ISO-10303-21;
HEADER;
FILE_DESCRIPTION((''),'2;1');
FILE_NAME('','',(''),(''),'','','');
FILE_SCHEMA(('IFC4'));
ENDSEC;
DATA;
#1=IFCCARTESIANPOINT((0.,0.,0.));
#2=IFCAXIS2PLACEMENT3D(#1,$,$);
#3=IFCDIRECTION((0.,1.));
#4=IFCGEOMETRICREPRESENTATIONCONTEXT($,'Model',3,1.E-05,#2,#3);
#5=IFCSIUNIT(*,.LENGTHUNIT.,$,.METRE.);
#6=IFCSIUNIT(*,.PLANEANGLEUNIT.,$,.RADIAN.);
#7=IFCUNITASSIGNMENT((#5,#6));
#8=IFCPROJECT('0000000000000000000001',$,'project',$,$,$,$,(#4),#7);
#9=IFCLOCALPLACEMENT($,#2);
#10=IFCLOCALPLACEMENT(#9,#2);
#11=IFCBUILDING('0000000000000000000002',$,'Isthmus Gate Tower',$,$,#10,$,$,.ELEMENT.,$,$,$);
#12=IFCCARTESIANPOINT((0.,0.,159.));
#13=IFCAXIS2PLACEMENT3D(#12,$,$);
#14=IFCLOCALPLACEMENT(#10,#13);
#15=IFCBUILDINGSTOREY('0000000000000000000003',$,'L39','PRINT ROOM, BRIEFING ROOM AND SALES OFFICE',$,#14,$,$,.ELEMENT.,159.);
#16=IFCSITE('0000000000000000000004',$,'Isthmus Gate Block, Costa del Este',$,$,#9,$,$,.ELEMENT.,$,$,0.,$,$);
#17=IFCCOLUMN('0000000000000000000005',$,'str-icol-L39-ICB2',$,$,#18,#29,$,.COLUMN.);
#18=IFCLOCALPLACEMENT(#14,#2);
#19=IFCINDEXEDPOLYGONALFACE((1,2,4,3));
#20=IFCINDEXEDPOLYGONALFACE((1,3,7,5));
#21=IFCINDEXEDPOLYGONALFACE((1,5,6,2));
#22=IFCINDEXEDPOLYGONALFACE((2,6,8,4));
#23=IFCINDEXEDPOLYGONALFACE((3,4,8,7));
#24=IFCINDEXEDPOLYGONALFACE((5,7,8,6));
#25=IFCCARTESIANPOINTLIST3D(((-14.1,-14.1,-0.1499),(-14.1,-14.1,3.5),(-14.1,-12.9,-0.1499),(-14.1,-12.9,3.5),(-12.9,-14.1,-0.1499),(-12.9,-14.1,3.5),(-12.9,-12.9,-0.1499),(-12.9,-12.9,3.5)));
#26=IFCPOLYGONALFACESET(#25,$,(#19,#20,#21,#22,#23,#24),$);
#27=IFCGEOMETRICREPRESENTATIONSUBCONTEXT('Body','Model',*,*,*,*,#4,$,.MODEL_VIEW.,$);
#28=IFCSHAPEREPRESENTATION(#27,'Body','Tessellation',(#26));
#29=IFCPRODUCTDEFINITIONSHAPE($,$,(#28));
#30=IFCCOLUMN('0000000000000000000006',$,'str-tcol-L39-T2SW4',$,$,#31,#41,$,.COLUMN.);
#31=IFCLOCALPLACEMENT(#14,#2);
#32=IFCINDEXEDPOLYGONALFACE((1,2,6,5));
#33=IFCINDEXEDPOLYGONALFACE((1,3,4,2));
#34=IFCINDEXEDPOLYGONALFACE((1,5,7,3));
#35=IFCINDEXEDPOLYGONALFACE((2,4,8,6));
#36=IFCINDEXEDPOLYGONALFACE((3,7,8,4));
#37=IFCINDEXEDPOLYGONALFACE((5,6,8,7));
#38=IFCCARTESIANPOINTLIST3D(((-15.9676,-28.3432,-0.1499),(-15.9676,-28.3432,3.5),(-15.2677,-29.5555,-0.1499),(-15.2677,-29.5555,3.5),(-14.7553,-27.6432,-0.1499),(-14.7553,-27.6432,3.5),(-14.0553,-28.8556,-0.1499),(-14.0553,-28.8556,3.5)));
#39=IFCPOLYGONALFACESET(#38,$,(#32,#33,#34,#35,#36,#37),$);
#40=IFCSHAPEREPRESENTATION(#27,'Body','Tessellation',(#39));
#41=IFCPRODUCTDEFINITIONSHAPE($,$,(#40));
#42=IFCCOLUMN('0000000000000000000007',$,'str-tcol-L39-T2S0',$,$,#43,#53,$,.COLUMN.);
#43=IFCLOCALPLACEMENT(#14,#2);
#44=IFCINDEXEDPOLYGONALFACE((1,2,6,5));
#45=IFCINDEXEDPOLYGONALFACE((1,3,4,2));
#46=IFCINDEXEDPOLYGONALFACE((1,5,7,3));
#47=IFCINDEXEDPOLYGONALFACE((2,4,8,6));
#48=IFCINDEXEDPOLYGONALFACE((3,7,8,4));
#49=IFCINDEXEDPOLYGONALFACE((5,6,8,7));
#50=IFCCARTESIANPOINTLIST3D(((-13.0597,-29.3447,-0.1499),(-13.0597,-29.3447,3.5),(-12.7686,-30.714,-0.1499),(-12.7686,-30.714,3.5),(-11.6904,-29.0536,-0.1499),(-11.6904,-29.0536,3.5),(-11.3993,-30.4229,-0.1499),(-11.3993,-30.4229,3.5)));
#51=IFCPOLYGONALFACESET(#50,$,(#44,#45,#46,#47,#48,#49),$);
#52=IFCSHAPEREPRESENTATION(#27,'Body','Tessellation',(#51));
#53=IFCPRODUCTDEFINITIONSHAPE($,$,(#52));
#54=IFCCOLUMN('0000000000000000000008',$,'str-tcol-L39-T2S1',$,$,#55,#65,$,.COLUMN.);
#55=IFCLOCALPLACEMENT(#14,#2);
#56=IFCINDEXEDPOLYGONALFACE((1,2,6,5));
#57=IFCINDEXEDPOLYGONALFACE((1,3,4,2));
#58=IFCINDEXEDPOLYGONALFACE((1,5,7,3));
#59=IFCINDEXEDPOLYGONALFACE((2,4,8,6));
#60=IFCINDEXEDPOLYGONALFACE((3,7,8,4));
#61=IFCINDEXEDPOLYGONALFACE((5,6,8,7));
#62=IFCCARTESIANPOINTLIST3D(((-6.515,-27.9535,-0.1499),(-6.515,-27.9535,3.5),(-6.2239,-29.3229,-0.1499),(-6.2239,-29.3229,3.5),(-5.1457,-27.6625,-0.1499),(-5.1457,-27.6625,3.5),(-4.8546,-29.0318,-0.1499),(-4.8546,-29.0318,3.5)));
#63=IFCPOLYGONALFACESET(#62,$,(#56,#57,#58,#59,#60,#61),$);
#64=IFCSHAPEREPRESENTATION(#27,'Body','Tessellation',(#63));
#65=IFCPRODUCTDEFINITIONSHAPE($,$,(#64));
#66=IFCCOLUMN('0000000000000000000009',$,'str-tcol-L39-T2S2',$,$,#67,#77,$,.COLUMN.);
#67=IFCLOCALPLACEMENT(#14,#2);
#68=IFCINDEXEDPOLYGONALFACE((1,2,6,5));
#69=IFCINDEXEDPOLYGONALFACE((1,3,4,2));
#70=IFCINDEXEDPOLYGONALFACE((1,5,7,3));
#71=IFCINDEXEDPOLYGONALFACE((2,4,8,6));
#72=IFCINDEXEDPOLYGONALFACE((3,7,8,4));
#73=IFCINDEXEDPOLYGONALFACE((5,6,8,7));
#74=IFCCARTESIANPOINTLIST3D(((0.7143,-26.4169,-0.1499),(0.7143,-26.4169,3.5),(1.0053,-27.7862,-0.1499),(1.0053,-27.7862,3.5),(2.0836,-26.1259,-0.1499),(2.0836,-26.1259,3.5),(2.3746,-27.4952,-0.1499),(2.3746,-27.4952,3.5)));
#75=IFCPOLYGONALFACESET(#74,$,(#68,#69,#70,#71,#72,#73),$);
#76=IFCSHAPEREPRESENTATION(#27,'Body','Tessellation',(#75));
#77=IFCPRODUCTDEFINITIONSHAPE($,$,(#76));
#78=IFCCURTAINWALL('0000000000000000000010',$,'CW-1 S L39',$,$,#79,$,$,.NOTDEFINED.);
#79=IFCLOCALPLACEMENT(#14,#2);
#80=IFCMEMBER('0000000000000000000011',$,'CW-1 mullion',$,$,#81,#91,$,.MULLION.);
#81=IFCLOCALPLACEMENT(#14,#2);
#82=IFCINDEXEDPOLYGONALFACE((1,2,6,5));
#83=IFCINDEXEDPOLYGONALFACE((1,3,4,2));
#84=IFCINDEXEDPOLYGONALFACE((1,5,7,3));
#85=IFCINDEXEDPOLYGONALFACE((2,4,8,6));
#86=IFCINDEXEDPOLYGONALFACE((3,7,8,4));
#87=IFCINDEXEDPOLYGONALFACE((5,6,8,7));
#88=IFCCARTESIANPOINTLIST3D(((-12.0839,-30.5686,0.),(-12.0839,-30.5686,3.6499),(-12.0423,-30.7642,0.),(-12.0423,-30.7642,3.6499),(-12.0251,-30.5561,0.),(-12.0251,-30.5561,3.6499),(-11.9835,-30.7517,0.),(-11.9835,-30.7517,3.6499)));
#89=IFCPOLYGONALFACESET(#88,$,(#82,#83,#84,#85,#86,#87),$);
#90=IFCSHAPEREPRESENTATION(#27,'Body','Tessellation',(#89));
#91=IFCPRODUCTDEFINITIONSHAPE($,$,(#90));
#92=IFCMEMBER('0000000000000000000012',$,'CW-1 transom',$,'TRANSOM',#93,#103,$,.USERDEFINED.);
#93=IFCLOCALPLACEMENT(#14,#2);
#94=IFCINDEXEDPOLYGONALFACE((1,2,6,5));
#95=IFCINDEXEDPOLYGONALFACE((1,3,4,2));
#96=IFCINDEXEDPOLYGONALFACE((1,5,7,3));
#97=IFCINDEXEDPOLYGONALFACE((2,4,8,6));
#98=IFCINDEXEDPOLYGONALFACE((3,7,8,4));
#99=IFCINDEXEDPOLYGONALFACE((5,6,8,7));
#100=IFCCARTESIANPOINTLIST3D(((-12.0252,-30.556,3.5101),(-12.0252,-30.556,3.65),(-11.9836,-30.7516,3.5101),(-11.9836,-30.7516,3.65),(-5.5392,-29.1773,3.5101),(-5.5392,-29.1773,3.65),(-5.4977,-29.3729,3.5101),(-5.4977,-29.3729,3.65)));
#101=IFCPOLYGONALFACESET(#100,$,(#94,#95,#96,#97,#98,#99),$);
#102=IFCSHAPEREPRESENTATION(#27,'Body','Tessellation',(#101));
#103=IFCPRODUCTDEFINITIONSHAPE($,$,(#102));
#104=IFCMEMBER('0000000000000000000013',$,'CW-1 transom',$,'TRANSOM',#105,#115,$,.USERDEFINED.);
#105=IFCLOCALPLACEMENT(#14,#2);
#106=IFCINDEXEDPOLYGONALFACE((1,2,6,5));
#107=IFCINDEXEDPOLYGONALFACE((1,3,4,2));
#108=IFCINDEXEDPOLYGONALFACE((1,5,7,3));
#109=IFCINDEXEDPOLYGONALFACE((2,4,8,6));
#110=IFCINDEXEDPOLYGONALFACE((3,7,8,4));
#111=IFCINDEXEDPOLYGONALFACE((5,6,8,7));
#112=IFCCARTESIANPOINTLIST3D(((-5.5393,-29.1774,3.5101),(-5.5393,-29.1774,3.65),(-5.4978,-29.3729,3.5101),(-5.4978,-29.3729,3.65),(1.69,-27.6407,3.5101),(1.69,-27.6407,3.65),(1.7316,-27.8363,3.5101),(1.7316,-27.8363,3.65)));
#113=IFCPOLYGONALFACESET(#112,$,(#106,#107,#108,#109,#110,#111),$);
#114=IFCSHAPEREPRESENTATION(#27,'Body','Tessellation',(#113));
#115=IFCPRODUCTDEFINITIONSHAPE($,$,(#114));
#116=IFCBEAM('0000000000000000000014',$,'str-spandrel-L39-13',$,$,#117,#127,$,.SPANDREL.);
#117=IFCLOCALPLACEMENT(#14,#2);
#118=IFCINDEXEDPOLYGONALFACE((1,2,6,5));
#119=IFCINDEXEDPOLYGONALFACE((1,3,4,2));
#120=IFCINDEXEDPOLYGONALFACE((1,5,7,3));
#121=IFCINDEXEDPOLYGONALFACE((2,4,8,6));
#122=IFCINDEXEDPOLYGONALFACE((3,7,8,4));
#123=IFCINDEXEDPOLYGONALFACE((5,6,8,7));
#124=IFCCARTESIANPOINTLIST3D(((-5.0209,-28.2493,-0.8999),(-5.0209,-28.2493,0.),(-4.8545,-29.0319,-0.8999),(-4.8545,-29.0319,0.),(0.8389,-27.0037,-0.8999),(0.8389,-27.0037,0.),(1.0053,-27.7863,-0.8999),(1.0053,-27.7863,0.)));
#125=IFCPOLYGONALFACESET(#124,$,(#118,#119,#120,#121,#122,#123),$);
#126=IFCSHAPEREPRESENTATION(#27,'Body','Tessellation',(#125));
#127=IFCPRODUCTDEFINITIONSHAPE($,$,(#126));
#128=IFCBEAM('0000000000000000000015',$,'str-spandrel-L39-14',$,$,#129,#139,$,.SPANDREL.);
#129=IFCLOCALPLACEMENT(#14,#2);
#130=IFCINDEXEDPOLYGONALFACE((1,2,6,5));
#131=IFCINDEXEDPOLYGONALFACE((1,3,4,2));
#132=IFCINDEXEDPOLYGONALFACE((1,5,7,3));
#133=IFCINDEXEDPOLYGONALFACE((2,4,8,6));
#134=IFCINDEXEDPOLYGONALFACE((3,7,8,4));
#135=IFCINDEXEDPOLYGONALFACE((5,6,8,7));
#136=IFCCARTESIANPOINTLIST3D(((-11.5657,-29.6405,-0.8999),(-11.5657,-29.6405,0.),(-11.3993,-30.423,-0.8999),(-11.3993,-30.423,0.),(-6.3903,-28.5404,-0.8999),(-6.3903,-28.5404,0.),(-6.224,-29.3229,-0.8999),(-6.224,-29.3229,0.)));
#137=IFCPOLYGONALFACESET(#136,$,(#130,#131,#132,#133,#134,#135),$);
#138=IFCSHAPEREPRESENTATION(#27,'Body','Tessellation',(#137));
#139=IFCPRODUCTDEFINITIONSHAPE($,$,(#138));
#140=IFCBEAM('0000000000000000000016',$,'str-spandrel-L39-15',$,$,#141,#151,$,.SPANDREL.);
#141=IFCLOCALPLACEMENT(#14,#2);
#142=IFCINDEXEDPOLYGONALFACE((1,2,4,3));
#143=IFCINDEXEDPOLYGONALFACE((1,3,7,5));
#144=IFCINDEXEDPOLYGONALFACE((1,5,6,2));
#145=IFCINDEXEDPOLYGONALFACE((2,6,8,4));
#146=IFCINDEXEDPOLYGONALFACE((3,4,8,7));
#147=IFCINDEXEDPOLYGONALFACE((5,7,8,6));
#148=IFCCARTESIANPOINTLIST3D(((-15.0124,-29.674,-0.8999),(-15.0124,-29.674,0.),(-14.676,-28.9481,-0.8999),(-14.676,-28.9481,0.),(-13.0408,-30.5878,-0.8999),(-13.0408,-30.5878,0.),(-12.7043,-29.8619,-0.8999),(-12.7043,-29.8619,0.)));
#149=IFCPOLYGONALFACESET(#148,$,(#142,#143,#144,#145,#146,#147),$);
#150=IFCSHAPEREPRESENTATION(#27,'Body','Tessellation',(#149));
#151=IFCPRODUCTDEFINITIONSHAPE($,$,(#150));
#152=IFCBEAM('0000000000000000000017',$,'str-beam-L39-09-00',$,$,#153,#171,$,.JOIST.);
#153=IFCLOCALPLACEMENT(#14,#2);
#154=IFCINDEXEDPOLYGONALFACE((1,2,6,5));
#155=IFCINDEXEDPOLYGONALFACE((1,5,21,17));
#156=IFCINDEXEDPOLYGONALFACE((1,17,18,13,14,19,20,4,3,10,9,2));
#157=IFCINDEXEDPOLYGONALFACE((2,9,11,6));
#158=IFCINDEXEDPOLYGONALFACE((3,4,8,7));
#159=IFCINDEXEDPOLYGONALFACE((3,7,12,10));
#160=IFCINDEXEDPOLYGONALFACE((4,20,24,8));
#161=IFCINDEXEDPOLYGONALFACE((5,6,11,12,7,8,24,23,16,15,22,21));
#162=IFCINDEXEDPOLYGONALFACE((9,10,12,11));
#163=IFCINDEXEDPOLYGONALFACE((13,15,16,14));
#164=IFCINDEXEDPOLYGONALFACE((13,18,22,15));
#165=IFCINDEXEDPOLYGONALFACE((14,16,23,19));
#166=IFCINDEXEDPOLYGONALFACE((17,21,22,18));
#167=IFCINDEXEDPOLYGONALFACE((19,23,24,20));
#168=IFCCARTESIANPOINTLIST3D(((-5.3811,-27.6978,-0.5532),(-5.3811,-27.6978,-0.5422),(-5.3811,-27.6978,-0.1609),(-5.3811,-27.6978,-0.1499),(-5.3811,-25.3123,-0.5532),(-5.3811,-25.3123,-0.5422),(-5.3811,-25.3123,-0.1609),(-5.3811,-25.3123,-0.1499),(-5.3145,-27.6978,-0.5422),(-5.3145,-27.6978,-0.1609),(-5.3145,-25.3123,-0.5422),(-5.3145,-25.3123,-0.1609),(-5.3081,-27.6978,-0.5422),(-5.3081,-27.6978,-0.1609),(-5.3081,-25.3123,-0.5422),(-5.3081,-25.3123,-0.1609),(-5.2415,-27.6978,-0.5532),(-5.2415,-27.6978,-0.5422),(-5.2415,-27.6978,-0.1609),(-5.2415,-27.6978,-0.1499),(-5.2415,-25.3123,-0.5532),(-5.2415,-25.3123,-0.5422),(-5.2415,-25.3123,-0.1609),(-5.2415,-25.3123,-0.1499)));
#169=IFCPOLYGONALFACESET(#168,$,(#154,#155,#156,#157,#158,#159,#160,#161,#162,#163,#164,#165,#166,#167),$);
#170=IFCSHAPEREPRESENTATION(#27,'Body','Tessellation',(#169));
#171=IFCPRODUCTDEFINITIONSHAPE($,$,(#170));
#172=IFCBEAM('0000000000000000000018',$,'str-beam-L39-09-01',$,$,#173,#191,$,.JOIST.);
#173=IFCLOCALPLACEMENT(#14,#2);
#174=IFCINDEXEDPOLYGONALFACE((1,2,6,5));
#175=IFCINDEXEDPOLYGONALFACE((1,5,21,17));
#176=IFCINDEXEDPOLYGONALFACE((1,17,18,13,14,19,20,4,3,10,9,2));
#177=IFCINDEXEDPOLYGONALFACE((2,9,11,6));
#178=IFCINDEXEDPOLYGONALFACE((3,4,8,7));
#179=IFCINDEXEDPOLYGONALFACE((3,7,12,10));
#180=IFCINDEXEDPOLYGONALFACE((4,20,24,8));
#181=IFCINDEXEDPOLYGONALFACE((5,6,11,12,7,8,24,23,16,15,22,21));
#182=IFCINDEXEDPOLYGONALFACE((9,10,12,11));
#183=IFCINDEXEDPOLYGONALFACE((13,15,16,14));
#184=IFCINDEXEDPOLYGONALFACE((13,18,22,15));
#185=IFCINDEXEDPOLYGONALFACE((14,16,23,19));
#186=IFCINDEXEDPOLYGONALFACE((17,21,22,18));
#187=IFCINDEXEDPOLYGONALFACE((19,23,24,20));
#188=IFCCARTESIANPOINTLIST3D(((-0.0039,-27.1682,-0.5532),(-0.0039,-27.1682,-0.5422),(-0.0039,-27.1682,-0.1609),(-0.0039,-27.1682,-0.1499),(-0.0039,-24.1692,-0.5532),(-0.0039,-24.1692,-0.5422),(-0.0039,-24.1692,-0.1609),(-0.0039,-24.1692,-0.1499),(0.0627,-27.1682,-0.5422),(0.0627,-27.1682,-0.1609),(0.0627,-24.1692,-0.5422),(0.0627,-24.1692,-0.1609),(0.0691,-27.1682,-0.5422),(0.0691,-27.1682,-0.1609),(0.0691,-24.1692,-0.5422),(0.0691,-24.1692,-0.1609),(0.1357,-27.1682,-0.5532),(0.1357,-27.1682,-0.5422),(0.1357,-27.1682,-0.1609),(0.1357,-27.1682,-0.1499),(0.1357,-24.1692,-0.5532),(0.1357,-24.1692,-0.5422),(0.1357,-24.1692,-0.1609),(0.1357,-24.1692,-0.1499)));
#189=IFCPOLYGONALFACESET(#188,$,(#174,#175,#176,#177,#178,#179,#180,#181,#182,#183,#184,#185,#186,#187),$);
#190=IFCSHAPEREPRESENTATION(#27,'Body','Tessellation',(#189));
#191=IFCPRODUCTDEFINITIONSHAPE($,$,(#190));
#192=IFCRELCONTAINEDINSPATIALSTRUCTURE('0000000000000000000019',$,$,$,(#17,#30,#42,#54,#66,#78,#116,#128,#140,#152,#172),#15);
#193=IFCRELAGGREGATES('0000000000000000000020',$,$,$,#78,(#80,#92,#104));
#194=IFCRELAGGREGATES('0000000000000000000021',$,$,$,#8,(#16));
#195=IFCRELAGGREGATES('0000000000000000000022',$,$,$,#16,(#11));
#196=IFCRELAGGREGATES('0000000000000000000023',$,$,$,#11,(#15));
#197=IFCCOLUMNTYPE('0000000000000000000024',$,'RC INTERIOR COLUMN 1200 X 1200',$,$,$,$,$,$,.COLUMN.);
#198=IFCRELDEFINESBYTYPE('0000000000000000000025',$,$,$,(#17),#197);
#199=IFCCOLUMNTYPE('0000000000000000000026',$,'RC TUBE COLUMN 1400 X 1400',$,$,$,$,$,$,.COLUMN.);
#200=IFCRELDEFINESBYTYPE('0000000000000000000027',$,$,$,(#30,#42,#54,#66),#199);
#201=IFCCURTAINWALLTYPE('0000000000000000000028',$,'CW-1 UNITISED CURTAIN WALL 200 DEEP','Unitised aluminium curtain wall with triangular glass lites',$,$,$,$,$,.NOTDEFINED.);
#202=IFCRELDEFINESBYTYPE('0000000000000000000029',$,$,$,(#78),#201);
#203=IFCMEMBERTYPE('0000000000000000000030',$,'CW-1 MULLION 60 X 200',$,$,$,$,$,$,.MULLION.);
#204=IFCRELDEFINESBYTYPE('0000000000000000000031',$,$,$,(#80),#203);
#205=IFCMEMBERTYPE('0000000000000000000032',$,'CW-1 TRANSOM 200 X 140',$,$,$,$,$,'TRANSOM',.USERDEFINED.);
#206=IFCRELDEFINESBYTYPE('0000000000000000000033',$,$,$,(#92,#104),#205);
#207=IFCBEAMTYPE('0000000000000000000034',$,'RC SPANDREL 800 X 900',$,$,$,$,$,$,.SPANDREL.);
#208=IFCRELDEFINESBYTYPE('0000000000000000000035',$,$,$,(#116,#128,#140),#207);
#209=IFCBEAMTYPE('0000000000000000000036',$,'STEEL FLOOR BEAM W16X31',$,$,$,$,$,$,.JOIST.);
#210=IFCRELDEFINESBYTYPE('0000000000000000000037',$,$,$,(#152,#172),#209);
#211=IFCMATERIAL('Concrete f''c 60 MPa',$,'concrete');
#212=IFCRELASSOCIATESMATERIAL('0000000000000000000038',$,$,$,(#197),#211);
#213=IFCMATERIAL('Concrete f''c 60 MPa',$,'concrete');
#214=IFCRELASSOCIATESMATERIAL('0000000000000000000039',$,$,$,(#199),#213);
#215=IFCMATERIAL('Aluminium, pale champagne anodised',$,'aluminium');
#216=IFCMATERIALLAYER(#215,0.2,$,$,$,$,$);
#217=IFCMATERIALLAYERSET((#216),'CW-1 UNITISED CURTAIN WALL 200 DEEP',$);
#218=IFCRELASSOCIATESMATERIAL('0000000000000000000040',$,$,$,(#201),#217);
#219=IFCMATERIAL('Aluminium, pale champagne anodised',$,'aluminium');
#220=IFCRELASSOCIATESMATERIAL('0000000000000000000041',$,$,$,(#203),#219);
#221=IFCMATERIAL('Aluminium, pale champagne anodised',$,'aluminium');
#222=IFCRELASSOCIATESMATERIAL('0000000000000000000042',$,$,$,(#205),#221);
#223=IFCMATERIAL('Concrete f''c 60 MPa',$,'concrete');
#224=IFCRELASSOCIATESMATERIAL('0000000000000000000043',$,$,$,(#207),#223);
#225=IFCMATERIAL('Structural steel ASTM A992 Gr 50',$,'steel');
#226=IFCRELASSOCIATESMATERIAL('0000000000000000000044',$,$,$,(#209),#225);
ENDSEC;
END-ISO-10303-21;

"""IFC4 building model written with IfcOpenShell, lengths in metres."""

from ifc_helpers import new_model, si_unit, direction, frame, origin, origin_2d, place, context, subcontext, project, spatial, rectangle, i_section, extrude, material, layer, layer_set, material_profile, profile_set, type_object, element, aggregate, save


model = new_model("IFC4")

# Units and contexts
model_context = context("Model", 3, precision=1e-05, world=origin(), true_north=direction((0.0, 1.0)))
body_context = subcontext(model_context, "Body", "Model", "MODEL_VIEW")
ifc_project = project(units=[si_unit("LENGTHUNIT", "METRE"), si_unit("PLANEANGLEUNIT", "RADIAN")], contexts=[model_context])

# Site, building, storey
site_placement = place(None, origin())
site = spatial("IfcSite", under=ifc_project, at=site_placement, Name="Isthmus Gate Block, Costa del Este", CompositionType="ELEMENT", RefElevation=0.0)
building_placement = place(site_placement, origin())
building = spatial("IfcBuilding", under=site, at=building_placement, Name="Isthmus Gate Tower", CompositionType="ELEMENT")
storey_placement = place(building_placement, frame((0.0, 0.0, 159.0)))
storey = spatial("IfcBuildingStorey", under=building, at=storey_placement, Name="L39", Description="PRINT ROOM, BRIEFING ROOM AND SALES OFFICE", CompositionType="ELEMENT", Elevation=159.0)

# Columns
ifc_material_1 = material(Name="Concrete f'c 60 MPa", Category="concrete")
ifc_material_profile_1 = material_profile(ifc_material_1, rectangle(XDim=1.2, YDim=1.2, at=origin_2d()), Name="RC 1200X1200")
ifc_profile_set_1 = profile_set([ifc_material_profile_1], Name="Concrete f'c 60 MPa")
column_type_1 = type_object("IfcColumnType", Name="RC INTERIOR COLUMN 1200 X 1200", PredefinedType="COLUMN", material=ifc_profile_set_1)
column_placement = place(storey_placement, frame((-13.5, -13.5, -0.1499), z_axis=(0.0, 0.0, 1.0), x_axis=(1.0, 0.0, 0.0)))
element("IfcColumn", 1, at=column_placement, inside=storey, type_object=column_type_1, Name="str-icol-L39-ICB2", PredefinedType="COLUMN", context=body_context, shape_type="SweptSolid", body=[
    extrude(rectangle(XDim=1.2, YDim=1.2, at=origin_2d()), origin(), (0.0, 0.0, 1.0), 3.6499),
])
ifc_material_2 = material(Name="Concrete f'c 60 MPa", Category="concrete")
ifc_material_profile_2 = material_profile(ifc_material_2, rectangle(XDim=1.3999, YDim=1.3999, at=origin_2d()), Name="RC 1400X1400")
ifc_profile_set_2 = profile_set([ifc_material_profile_2], Name="Concrete f'c 60 MPa")
column_type_2 = type_object("IfcColumnType", Name="RC TUBE COLUMN 1400 X 1400", PredefinedType="COLUMN", material=ifc_profile_set_2)
for number, where, z_axis, x_axis, name in (
    (2, (-15.0115, -28.5994, -0.1499), (0.0, 0.0, 1.0), (0.5, -0.866025, 0.0), "str-tcol-L39-T2SW4"),
    (3, (-12.2295, -29.8838, -0.1499), (0.0, 0.0, 1.0), (0.978148, 0.207912, 0.0), "str-tcol-L39-T2S0"),
    (4, (-5.6848, -28.4927, -0.1499), (0.0, 0.0, 1.0), (0.978148, 0.207912, 0.0), "str-tcol-L39-T2S1"),
    (5, (1.5444, -26.9561, -0.1499), (0.0, 0.0, 1.0), (0.978148, 0.207912, 0.0), "str-tcol-L39-T2S2"),
):
    element("IfcColumn", number, at=place(storey_placement, frame(where, z_axis=z_axis, x_axis=x_axis)), inside=storey, type_object=column_type_2, Name=name, PredefinedType="COLUMN", context=body_context, shape_type="SweptSolid", body=[
        extrude(rectangle(XDim=1.3999, YDim=1.3999, at=origin_2d()), origin(), (0.0, 0.0, 1.0), 3.6499),
    ])

# Curtain wall, members
ifc_material_3 = material(Name="Aluminium, pale champagne anodised", Category="aluminium")
ifc_layer_1 = layer(ifc_material_3, 0.2)
ifc_layer_set_1 = layer_set([ifc_layer_1], Name="CW-1 UNITISED CURTAIN WALL 200 DEEP")
curtain_wall_type = type_object("IfcCurtainWallType", Name="CW-1 UNITISED CURTAIN WALL 200 DEEP", Description="Unitised aluminium curtain wall with triangular glass lites", PredefinedType="NOTDEFINED", material=ifc_layer_set_1)
curtain_wall_1_placement = place(storey_placement, origin())
curtain_wall_1 = element("IfcCurtainWall", 6, at=curtain_wall_1_placement, inside=storey, type_object=curtain_wall_type, Name="CW-1 S L39", PredefinedType="NOTDEFINED")
ifc_material_4 = material(Name="Aluminium, pale champagne anodised", Category="aluminium")
ifc_material_profile_3 = material_profile(ifc_material_4, rectangle(XDim=0.0601, YDim=0.2, at=origin_2d()), Name="60x200")
ifc_profile_set_3 = profile_set([ifc_material_profile_3], Name="Aluminium, pale champagne anodised")
member_type_1 = type_object("IfcMemberType", Name="CW-1 MULLION 60 X 200", PredefinedType="MULLION", material=ifc_profile_set_3)
member_1_placement = place(storey_placement, frame((-12.0337, -30.6602, 0.0), z_axis=(0.0, 0.0, 1.0), x_axis=(0.978148, 0.207912, 0.0)))
member_1 = element("IfcMember", 7, at=member_1_placement, type_object=member_type_1, Name="CW-1 mullion", PredefinedType="MULLION", context=body_context, shape_type="SweptSolid", body=[
    extrude(rectangle(XDim=0.0601, YDim=0.2, at=origin_2d()), origin(), (0.0, 0.0, 1.0), 3.6499),
])
ifc_material_5 = material(Name="Aluminium, pale champagne anodised", Category="aluminium")
ifc_material_profile_4 = material_profile(ifc_material_5, rectangle(XDim=0.2, YDim=0.1399, at=origin_2d()), Name="200x140")
ifc_profile_set_4 = profile_set([ifc_material_profile_4], Name="Aluminium, pale champagne anodised")
member_type_2 = type_object("IfcMemberType", Name="CW-1 TRANSOM 200 X 140", ElementType="TRANSOM", PredefinedType="USERDEFINED", material=ifc_profile_set_4)
member_2_placement = place(storey_placement, frame((-12.0044, -30.6538, 3.5801), z_axis=(0.978146, 0.20792, 0.0), x_axis=(-0.20792, 0.978146, 0.0)))
member_2 = element("IfcMember", 8, at=member_2_placement, type_object=member_type_2, Name="CW-1 transom", ObjectType="TRANSOM", PredefinedType="USERDEFINED", context=body_context, shape_type="SweptSolid", body=[
    extrude(rectangle(XDim=0.2, YDim=0.1399, at=origin_2d()), origin(), (0.0, 0.0, 1.0), 6.6309),
])
member_3_placement = place(storey_placement, frame((-5.5186, -29.2751, 3.5801), z_axis=(0.978148, 0.207911, 0.0), x_axis=(-0.207911, 0.978148, 0.0)))
member_3 = element("IfcMember", 9, at=member_3_placement, type_object=member_type_2, Name="CW-1 transom", ObjectType="TRANSOM", PredefinedType="USERDEFINED", context=body_context, shape_type="SweptSolid", body=[
    extrude(rectangle(XDim=0.2, YDim=0.1399, at=origin_2d()), origin(), (0.0, 0.0, 1.0), 7.3909),
])

# Beams
ifc_material_6 = material(Name="Concrete f'c 60 MPa", Category="concrete")
ifc_material_profile_5 = material_profile(ifc_material_6, rectangle(XDim=0.8, YDim=0.8999, at=origin_2d()), Name="RC 800X900")
ifc_profile_set_5 = profile_set([ifc_material_profile_5], Name="Concrete f'c 60 MPa")
beam_type_1 = type_object("IfcBeamType", Name="RC SPANDREL 800 X 900", PredefinedType="SPANDREL", material=ifc_profile_set_5)
beam_1_placement = place(storey_placement, frame((0.9221, -27.395, -0.45), z_axis=(-0.978146, -0.20792, 0.0), x_axis=(0.20792, -0.978146, 0.0)))
element("IfcBeam", 10, at=beam_1_placement, inside=storey, type_object=beam_type_1, Name="str-spandrel-L39-13", PredefinedType="SPANDREL", context=body_context, shape_type="SweptSolid", body=[
    extrude(rectangle(XDim=0.8, YDim=0.8999, at=origin_2d()), origin(), (0.0, 0.0, 1.0), 5.9907),
])
beam_2_placement = place(storey_placement, frame((-6.3071, -28.9316, -0.45), z_axis=(-0.978145, -0.207922, 0.0), x_axis=(0.207922, -0.978145, 0.0)))
element("IfcBeam", 11, at=beam_2_placement, inside=storey, type_object=beam_type_1, Name="str-spandrel-L39-14", PredefinedType="SPANDREL", context=body_context, shape_type="SweptSolid", body=[
    extrude(rectangle(XDim=0.8, YDim=0.8999, at=origin_2d()), origin(), (0.0, 0.0, 1.0), 5.291),
])
beam_3_placement = place(storey_placement, frame((-12.8726, -30.2249, -0.45), z_axis=(-0.907291, 0.420504, 0.0), x_axis=(-0.420504, -0.907291, 0.0)))
element("IfcBeam", 12, at=beam_3_placement, inside=storey, type_object=beam_type_1, Name="str-spandrel-L39-15", PredefinedType="SPANDREL", context=body_context, shape_type="SweptSolid", body=[
    extrude(rectangle(XDim=0.8, YDim=0.8999, at=origin_2d()), origin(), (0.0, 0.0, 1.0), 2.1731),
])
ifc_material_7 = material(Name="Structural steel ASTM A992 Gr 50", Category="steel")
ifc_material_profile_6 = material_profile(ifc_material_7, i_section(OverallWidth=0.1396, OverallDepth=0.4033, WebThickness=0.0063, FlangeThickness=0.011, at=origin_2d()), Name="W16X31")
ifc_profile_set_6 = profile_set([ifc_material_profile_6], Name="Structural steel ASTM A992 Gr 50")
beam_type_2 = type_object("IfcBeamType", Name="STEEL FLOOR BEAM W16X31", PredefinedType="JOIST", material=ifc_profile_set_6)
beam_4_placement = place(storey_placement, frame((-5.3113, -27.6978, -0.3516), z_axis=(0.0, 1.0, 0.0), x_axis=(-1.0, 0.0, 0.0)))
element("IfcBeam", 13, at=beam_4_placement, inside=storey, type_object=beam_type_2, Name="str-beam-L39-09-00", PredefinedType="JOIST", context=body_context, shape_type="SweptSolid", body=[
    extrude(i_section(OverallWidth=0.1396, OverallDepth=0.4033, WebThickness=0.0063, FlangeThickness=0.011, at=origin_2d()), origin(), (0.0, 0.0, 1.0), 2.3855),
])
beam_5_placement = place(storey_placement, frame((0.0659, -27.1682, -0.3516), z_axis=(0.0, 1.0, 0.0), x_axis=(-1.0, 0.0, 0.0)))
element("IfcBeam", 14, at=beam_5_placement, inside=storey, type_object=beam_type_2, Name="str-beam-L39-09-01", PredefinedType="JOIST", context=body_context, shape_type="SweptSolid", body=[
    extrude(i_section(OverallWidth=0.1396, OverallDepth=0.4033, WebThickness=0.0063, FlangeThickness=0.011, at=origin_2d()), origin(), (0.0, 0.0, 1.0), 2.999),
])

aggregate(curtain_wall_1, [member_1, member_2, member_3])

save(model, "model.ifc")
